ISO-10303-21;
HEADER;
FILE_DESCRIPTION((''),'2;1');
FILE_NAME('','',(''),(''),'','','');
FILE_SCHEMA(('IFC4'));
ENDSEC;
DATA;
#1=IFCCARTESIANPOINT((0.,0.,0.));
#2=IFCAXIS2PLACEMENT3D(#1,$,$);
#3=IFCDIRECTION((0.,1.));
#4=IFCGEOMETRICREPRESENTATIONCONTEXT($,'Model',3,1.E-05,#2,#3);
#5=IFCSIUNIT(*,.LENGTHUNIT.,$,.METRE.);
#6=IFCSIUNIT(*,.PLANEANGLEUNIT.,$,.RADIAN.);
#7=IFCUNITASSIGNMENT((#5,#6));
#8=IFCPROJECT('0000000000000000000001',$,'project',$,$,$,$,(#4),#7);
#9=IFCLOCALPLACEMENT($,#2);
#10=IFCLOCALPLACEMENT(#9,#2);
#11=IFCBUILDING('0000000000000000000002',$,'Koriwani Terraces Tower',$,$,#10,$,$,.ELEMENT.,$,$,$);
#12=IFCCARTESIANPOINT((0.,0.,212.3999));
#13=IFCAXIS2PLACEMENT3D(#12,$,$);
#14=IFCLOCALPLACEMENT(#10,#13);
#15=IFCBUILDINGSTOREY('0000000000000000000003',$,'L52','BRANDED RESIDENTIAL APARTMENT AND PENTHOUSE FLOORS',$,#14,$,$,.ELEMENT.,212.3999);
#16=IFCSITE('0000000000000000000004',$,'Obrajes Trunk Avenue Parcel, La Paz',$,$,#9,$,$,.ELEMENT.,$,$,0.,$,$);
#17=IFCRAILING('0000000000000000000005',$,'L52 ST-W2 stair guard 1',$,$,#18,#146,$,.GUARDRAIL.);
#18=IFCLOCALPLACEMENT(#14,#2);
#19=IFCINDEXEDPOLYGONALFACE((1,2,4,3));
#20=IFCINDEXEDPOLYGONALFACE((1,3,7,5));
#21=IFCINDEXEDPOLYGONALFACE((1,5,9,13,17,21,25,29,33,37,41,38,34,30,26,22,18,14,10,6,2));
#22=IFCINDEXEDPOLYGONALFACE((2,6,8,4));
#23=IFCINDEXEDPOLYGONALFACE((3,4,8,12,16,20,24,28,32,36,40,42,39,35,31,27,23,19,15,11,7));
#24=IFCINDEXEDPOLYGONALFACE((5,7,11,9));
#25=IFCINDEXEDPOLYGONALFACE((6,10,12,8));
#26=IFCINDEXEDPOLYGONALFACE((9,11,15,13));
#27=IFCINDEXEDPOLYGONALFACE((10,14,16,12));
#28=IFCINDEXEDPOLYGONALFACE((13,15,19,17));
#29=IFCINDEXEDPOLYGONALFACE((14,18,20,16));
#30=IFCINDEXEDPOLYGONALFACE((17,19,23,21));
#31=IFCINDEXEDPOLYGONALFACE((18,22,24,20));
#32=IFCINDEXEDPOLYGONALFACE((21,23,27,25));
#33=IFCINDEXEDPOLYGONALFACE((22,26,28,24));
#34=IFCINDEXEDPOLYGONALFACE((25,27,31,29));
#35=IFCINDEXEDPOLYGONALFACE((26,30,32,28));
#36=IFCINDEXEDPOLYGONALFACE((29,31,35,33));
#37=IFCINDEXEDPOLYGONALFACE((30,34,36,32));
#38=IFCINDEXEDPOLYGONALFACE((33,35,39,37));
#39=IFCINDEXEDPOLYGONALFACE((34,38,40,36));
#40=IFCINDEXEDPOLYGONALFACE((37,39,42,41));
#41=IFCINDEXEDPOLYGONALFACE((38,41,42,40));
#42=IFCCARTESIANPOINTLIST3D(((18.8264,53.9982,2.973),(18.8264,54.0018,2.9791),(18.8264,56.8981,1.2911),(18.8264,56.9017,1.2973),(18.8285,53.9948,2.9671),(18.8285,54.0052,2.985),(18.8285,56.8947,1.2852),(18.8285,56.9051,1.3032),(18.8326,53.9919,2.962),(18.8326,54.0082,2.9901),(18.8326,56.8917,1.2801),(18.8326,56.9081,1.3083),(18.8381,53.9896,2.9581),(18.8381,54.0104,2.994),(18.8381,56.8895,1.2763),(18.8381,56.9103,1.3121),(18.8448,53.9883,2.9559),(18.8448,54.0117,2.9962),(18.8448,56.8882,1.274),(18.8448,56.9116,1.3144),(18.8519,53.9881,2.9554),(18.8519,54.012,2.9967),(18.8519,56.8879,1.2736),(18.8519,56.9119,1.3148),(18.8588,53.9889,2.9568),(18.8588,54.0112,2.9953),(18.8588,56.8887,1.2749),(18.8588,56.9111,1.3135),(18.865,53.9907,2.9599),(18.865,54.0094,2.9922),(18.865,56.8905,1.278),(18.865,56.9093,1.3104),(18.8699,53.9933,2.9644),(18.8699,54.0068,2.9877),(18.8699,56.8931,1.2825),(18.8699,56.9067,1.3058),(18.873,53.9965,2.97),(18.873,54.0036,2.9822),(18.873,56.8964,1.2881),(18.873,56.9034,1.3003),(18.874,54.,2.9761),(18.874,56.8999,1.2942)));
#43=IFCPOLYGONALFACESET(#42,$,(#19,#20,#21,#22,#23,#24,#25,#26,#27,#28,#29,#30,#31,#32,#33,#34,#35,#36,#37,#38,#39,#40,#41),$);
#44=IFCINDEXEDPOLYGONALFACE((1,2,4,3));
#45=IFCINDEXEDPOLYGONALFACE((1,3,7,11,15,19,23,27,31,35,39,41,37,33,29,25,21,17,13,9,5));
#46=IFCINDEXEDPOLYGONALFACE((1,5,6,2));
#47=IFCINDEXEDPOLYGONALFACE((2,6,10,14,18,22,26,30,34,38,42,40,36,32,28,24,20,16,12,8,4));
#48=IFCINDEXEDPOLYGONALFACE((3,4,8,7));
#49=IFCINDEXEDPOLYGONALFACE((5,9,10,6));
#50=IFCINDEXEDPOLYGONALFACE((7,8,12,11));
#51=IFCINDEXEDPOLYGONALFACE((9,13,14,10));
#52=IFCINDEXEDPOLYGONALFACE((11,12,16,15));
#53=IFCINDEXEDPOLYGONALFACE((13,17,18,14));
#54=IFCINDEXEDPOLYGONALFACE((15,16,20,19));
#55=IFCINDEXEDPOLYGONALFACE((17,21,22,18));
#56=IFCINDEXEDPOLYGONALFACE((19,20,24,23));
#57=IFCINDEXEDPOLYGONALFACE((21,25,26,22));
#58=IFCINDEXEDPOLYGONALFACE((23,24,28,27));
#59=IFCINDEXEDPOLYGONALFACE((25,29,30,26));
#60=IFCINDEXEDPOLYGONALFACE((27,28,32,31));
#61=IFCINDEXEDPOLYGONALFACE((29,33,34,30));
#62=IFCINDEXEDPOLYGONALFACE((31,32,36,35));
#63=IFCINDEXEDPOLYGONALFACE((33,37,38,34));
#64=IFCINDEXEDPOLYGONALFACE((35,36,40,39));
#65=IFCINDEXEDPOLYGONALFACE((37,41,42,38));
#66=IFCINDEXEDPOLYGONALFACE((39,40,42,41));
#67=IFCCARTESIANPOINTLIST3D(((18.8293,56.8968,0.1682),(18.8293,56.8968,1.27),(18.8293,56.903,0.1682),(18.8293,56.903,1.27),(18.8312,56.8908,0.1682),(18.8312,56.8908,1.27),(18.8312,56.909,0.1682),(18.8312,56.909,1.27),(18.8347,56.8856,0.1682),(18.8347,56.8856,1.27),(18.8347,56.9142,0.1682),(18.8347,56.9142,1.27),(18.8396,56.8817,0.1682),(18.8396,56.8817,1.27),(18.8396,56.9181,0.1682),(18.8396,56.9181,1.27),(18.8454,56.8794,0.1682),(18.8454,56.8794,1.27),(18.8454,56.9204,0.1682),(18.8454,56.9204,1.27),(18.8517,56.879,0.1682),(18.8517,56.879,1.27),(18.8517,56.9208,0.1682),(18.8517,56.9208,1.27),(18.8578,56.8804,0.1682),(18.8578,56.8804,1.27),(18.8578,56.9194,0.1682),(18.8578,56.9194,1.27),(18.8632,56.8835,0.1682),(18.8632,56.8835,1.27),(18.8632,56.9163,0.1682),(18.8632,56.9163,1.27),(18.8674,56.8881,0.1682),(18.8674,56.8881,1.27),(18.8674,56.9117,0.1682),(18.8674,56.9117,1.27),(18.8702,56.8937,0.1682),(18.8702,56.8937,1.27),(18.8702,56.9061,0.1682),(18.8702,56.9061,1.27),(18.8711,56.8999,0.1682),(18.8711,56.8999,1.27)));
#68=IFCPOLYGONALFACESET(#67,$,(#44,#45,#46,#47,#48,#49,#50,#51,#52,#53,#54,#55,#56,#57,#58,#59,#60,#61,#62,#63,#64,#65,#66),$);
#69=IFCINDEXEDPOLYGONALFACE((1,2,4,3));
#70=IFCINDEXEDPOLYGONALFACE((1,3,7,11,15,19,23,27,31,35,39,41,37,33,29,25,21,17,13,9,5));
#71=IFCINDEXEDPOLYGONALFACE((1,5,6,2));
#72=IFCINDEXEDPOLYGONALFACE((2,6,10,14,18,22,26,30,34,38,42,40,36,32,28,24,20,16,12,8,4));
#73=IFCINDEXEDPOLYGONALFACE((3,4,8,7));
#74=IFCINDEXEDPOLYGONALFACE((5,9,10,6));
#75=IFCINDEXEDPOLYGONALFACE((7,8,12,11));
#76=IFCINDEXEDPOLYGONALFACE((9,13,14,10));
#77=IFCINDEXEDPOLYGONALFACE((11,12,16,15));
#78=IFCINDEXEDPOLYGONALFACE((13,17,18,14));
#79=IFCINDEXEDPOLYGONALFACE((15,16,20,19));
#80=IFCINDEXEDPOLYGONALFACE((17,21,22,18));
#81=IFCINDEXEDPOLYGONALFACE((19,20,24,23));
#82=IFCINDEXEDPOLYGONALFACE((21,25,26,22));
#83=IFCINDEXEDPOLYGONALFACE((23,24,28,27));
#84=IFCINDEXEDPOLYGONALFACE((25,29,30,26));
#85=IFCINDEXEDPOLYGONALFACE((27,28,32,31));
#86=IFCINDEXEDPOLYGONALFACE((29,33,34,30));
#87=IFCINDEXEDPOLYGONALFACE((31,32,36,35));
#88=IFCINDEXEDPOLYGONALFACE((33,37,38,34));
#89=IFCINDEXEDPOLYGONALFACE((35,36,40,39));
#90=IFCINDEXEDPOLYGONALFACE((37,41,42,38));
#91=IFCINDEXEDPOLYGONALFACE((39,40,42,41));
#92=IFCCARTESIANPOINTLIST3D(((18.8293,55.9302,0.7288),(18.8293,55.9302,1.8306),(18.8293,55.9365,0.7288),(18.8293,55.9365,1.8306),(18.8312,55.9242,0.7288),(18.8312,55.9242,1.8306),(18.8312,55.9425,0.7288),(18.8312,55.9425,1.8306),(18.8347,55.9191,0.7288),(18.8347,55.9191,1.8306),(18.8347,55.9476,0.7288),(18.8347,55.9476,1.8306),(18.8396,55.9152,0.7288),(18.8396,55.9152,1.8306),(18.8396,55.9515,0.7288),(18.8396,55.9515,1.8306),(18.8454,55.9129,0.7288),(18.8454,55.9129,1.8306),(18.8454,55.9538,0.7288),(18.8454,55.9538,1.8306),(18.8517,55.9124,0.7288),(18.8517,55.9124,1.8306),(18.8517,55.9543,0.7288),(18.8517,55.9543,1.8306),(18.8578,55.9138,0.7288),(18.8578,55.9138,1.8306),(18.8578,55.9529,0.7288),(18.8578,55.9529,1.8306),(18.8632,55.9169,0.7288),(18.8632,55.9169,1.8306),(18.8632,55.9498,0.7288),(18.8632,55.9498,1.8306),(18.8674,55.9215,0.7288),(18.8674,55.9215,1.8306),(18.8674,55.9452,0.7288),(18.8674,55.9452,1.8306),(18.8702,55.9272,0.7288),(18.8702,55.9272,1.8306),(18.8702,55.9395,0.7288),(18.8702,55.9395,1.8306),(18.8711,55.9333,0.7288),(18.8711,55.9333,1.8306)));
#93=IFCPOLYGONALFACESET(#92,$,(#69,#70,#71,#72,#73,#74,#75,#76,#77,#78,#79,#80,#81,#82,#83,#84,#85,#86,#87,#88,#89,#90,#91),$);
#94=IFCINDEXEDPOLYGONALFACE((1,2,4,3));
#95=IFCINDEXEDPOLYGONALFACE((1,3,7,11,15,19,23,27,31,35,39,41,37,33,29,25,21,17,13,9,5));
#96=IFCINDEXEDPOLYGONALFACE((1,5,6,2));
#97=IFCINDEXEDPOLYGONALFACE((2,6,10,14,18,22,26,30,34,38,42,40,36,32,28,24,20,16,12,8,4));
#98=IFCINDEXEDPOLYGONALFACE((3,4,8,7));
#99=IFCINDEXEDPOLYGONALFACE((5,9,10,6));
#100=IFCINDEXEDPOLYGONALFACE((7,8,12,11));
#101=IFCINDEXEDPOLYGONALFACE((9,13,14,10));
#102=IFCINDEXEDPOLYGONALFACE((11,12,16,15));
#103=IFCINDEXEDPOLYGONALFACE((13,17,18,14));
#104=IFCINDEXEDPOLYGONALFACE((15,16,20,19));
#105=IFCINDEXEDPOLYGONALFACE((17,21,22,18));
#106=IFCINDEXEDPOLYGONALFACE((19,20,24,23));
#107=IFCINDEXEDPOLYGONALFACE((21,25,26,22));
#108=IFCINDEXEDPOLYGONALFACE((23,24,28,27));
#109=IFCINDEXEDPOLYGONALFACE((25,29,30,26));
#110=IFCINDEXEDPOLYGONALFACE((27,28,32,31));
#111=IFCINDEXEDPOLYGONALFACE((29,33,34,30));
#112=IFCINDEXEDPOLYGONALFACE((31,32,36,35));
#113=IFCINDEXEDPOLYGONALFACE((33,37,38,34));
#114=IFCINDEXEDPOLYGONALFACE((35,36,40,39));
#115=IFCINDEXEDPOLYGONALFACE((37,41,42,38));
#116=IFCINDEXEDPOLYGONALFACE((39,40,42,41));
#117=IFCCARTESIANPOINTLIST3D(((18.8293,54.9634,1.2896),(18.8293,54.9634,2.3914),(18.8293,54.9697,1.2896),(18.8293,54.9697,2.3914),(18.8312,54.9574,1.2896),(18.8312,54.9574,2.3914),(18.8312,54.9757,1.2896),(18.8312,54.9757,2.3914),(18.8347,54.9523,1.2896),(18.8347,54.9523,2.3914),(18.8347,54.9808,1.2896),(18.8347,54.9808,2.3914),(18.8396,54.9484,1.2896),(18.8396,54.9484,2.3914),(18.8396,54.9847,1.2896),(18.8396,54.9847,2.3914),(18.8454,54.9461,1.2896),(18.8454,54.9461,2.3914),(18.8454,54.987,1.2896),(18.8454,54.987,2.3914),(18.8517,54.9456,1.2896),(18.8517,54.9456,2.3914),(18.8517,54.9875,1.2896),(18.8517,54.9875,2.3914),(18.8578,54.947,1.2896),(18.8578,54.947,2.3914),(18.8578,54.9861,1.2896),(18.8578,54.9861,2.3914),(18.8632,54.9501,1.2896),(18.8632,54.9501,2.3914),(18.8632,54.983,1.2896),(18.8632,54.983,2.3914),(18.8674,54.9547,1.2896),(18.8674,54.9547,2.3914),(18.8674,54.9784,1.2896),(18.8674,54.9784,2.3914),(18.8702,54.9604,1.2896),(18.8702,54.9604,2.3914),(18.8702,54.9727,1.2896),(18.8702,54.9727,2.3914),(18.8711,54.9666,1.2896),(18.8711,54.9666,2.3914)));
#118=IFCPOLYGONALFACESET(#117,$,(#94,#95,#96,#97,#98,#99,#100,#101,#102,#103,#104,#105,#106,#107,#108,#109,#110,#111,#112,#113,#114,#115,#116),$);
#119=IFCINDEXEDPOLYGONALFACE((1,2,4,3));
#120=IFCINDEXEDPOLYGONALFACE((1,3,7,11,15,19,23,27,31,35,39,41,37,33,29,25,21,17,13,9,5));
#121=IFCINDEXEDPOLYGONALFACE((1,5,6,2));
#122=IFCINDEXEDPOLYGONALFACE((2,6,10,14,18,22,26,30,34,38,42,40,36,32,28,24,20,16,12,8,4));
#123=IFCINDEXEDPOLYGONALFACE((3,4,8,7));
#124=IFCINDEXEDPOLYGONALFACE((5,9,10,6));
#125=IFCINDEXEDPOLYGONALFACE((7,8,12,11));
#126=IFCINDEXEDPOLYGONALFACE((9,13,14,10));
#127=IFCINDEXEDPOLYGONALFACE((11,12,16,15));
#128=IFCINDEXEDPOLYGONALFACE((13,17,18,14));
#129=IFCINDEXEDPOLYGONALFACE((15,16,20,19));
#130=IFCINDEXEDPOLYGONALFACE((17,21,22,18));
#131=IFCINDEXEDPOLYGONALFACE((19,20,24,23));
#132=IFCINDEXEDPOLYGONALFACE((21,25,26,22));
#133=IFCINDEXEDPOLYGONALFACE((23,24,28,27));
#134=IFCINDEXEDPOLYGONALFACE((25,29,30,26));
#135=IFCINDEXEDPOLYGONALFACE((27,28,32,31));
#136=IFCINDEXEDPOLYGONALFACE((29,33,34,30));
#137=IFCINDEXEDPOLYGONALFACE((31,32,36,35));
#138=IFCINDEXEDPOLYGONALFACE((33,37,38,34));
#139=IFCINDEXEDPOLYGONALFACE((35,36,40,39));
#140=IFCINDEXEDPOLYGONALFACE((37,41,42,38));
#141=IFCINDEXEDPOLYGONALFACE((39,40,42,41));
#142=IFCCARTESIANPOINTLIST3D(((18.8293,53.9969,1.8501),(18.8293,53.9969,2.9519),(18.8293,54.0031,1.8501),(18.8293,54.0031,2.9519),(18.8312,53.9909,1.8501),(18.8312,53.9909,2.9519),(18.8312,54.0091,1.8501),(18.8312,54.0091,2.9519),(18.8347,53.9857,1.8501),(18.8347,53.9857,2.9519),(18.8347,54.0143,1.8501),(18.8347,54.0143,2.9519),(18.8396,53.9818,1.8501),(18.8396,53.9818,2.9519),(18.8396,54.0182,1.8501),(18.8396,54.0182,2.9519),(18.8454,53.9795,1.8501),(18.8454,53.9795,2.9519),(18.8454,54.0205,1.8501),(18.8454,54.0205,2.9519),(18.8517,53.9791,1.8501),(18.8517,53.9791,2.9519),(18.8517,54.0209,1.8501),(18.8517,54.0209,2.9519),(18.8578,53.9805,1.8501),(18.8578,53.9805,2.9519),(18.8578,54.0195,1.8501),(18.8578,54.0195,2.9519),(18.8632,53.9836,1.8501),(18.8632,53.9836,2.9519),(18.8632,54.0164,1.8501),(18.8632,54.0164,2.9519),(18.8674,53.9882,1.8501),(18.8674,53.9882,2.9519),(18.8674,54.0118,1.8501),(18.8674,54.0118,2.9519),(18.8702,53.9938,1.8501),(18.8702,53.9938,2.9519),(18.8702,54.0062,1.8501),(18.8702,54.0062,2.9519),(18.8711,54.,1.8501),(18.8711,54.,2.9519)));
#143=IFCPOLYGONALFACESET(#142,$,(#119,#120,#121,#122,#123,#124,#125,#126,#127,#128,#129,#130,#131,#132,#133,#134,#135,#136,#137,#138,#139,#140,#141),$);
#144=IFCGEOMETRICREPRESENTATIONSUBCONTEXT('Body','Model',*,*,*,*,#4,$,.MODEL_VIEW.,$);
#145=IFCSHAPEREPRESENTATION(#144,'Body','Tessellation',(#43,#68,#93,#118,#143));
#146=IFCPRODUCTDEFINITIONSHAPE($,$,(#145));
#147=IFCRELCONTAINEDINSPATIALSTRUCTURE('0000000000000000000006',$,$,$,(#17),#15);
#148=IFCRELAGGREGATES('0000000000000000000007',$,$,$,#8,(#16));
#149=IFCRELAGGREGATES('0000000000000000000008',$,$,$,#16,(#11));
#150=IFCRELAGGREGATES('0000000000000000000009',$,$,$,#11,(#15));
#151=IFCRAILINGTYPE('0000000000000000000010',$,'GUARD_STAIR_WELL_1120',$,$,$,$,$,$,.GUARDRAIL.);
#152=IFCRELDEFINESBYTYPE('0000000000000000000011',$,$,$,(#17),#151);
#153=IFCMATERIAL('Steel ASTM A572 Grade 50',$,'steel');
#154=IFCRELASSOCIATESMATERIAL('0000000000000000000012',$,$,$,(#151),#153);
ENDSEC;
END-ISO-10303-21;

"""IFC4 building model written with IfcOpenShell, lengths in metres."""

from ifc_helpers import new_model, si_unit, direction, frame, origin, origin_2d, place, context, subcontext, project, spatial, circle, extrude, material, type_object, element, save


model = new_model("IFC4")

# Units and contexts
model_context = context("Model", 3, precision=1e-05, world=origin(), true_north=direction((0.0, 1.0)))
body_context = subcontext(model_context, "Body", "Model", "MODEL_VIEW")
ifc_project = project(units=[si_unit("LENGTHUNIT", "METRE"), si_unit("PLANEANGLEUNIT", "RADIAN")], contexts=[model_context])

# Site, building, storey
site_placement = place(None, origin())
site = spatial("IfcSite", under=ifc_project, at=site_placement, Name="Obrajes Trunk Avenue Parcel, La Paz", CompositionType="ELEMENT", RefElevation=0.0)
building_placement = place(site_placement, origin())
building = spatial("IfcBuilding", under=site, at=building_placement, Name="Koriwani Terraces Tower", CompositionType="ELEMENT")
storey_placement = place(building_placement, frame((0.0, 0.0, 212.3999)))
storey = spatial("IfcBuildingStorey", under=building, at=storey_placement, Name="L52", Description="BRANDED RESIDENTIAL APARTMENT AND PENTHOUSE FLOORS", CompositionType="ELEMENT", Elevation=212.3999)

# Shared definitions
ifc_material_1 = material(Name="Steel ASTM A572 Grade 50", Category="steel")

# Railing
railing_type_1 = type_object("IfcRailingType", Name="GUARD_STAIR_WELL_1120", PredefinedType="GUARDRAIL", material=ifc_material_1)
railing_1_placement = place(storey_placement, frame((18.8501, 56.8999, 0.1682)))
element("IfcRailing", 1, at=railing_1_placement, inside=storey, type_object=railing_type_1, Name="L52 ST-W2 stair guard 1", PredefinedType="GUARDRAIL", context=body_context, shape_type="SweptSolid", body=[
    extrude(circle(Radius=0.0239, at=origin_2d()), frame((0.0, 0.0, 1.126), z_axis=(0.0, -0.865039, 0.501705), x_axis=(1.0, 0.0, 0.0)), (0.0, 0.0, 1.0), 3.3523),
    extrude(circle(Radius=0.021, at=origin_2d()), origin(), (0.0, 0.0, 1.0), 1.1018),
    extrude(circle(Radius=0.021, at=origin_2d()), frame((0.0, -0.9666, 0.5605)), (0.0, 0.0, 1.0), 1.1018),
    extrude(circle(Radius=0.021, at=origin_2d()), frame((0.0, -1.9333, 1.1213)), (0.0, 0.0, 1.0), 1.1018),
    extrude(circle(Radius=0.021, at=origin_2d()), frame((0.0, -2.8999, 1.6819)), (0.0, 0.0, 1.0), 1.1018),
])

save(model, "model.ifc")
